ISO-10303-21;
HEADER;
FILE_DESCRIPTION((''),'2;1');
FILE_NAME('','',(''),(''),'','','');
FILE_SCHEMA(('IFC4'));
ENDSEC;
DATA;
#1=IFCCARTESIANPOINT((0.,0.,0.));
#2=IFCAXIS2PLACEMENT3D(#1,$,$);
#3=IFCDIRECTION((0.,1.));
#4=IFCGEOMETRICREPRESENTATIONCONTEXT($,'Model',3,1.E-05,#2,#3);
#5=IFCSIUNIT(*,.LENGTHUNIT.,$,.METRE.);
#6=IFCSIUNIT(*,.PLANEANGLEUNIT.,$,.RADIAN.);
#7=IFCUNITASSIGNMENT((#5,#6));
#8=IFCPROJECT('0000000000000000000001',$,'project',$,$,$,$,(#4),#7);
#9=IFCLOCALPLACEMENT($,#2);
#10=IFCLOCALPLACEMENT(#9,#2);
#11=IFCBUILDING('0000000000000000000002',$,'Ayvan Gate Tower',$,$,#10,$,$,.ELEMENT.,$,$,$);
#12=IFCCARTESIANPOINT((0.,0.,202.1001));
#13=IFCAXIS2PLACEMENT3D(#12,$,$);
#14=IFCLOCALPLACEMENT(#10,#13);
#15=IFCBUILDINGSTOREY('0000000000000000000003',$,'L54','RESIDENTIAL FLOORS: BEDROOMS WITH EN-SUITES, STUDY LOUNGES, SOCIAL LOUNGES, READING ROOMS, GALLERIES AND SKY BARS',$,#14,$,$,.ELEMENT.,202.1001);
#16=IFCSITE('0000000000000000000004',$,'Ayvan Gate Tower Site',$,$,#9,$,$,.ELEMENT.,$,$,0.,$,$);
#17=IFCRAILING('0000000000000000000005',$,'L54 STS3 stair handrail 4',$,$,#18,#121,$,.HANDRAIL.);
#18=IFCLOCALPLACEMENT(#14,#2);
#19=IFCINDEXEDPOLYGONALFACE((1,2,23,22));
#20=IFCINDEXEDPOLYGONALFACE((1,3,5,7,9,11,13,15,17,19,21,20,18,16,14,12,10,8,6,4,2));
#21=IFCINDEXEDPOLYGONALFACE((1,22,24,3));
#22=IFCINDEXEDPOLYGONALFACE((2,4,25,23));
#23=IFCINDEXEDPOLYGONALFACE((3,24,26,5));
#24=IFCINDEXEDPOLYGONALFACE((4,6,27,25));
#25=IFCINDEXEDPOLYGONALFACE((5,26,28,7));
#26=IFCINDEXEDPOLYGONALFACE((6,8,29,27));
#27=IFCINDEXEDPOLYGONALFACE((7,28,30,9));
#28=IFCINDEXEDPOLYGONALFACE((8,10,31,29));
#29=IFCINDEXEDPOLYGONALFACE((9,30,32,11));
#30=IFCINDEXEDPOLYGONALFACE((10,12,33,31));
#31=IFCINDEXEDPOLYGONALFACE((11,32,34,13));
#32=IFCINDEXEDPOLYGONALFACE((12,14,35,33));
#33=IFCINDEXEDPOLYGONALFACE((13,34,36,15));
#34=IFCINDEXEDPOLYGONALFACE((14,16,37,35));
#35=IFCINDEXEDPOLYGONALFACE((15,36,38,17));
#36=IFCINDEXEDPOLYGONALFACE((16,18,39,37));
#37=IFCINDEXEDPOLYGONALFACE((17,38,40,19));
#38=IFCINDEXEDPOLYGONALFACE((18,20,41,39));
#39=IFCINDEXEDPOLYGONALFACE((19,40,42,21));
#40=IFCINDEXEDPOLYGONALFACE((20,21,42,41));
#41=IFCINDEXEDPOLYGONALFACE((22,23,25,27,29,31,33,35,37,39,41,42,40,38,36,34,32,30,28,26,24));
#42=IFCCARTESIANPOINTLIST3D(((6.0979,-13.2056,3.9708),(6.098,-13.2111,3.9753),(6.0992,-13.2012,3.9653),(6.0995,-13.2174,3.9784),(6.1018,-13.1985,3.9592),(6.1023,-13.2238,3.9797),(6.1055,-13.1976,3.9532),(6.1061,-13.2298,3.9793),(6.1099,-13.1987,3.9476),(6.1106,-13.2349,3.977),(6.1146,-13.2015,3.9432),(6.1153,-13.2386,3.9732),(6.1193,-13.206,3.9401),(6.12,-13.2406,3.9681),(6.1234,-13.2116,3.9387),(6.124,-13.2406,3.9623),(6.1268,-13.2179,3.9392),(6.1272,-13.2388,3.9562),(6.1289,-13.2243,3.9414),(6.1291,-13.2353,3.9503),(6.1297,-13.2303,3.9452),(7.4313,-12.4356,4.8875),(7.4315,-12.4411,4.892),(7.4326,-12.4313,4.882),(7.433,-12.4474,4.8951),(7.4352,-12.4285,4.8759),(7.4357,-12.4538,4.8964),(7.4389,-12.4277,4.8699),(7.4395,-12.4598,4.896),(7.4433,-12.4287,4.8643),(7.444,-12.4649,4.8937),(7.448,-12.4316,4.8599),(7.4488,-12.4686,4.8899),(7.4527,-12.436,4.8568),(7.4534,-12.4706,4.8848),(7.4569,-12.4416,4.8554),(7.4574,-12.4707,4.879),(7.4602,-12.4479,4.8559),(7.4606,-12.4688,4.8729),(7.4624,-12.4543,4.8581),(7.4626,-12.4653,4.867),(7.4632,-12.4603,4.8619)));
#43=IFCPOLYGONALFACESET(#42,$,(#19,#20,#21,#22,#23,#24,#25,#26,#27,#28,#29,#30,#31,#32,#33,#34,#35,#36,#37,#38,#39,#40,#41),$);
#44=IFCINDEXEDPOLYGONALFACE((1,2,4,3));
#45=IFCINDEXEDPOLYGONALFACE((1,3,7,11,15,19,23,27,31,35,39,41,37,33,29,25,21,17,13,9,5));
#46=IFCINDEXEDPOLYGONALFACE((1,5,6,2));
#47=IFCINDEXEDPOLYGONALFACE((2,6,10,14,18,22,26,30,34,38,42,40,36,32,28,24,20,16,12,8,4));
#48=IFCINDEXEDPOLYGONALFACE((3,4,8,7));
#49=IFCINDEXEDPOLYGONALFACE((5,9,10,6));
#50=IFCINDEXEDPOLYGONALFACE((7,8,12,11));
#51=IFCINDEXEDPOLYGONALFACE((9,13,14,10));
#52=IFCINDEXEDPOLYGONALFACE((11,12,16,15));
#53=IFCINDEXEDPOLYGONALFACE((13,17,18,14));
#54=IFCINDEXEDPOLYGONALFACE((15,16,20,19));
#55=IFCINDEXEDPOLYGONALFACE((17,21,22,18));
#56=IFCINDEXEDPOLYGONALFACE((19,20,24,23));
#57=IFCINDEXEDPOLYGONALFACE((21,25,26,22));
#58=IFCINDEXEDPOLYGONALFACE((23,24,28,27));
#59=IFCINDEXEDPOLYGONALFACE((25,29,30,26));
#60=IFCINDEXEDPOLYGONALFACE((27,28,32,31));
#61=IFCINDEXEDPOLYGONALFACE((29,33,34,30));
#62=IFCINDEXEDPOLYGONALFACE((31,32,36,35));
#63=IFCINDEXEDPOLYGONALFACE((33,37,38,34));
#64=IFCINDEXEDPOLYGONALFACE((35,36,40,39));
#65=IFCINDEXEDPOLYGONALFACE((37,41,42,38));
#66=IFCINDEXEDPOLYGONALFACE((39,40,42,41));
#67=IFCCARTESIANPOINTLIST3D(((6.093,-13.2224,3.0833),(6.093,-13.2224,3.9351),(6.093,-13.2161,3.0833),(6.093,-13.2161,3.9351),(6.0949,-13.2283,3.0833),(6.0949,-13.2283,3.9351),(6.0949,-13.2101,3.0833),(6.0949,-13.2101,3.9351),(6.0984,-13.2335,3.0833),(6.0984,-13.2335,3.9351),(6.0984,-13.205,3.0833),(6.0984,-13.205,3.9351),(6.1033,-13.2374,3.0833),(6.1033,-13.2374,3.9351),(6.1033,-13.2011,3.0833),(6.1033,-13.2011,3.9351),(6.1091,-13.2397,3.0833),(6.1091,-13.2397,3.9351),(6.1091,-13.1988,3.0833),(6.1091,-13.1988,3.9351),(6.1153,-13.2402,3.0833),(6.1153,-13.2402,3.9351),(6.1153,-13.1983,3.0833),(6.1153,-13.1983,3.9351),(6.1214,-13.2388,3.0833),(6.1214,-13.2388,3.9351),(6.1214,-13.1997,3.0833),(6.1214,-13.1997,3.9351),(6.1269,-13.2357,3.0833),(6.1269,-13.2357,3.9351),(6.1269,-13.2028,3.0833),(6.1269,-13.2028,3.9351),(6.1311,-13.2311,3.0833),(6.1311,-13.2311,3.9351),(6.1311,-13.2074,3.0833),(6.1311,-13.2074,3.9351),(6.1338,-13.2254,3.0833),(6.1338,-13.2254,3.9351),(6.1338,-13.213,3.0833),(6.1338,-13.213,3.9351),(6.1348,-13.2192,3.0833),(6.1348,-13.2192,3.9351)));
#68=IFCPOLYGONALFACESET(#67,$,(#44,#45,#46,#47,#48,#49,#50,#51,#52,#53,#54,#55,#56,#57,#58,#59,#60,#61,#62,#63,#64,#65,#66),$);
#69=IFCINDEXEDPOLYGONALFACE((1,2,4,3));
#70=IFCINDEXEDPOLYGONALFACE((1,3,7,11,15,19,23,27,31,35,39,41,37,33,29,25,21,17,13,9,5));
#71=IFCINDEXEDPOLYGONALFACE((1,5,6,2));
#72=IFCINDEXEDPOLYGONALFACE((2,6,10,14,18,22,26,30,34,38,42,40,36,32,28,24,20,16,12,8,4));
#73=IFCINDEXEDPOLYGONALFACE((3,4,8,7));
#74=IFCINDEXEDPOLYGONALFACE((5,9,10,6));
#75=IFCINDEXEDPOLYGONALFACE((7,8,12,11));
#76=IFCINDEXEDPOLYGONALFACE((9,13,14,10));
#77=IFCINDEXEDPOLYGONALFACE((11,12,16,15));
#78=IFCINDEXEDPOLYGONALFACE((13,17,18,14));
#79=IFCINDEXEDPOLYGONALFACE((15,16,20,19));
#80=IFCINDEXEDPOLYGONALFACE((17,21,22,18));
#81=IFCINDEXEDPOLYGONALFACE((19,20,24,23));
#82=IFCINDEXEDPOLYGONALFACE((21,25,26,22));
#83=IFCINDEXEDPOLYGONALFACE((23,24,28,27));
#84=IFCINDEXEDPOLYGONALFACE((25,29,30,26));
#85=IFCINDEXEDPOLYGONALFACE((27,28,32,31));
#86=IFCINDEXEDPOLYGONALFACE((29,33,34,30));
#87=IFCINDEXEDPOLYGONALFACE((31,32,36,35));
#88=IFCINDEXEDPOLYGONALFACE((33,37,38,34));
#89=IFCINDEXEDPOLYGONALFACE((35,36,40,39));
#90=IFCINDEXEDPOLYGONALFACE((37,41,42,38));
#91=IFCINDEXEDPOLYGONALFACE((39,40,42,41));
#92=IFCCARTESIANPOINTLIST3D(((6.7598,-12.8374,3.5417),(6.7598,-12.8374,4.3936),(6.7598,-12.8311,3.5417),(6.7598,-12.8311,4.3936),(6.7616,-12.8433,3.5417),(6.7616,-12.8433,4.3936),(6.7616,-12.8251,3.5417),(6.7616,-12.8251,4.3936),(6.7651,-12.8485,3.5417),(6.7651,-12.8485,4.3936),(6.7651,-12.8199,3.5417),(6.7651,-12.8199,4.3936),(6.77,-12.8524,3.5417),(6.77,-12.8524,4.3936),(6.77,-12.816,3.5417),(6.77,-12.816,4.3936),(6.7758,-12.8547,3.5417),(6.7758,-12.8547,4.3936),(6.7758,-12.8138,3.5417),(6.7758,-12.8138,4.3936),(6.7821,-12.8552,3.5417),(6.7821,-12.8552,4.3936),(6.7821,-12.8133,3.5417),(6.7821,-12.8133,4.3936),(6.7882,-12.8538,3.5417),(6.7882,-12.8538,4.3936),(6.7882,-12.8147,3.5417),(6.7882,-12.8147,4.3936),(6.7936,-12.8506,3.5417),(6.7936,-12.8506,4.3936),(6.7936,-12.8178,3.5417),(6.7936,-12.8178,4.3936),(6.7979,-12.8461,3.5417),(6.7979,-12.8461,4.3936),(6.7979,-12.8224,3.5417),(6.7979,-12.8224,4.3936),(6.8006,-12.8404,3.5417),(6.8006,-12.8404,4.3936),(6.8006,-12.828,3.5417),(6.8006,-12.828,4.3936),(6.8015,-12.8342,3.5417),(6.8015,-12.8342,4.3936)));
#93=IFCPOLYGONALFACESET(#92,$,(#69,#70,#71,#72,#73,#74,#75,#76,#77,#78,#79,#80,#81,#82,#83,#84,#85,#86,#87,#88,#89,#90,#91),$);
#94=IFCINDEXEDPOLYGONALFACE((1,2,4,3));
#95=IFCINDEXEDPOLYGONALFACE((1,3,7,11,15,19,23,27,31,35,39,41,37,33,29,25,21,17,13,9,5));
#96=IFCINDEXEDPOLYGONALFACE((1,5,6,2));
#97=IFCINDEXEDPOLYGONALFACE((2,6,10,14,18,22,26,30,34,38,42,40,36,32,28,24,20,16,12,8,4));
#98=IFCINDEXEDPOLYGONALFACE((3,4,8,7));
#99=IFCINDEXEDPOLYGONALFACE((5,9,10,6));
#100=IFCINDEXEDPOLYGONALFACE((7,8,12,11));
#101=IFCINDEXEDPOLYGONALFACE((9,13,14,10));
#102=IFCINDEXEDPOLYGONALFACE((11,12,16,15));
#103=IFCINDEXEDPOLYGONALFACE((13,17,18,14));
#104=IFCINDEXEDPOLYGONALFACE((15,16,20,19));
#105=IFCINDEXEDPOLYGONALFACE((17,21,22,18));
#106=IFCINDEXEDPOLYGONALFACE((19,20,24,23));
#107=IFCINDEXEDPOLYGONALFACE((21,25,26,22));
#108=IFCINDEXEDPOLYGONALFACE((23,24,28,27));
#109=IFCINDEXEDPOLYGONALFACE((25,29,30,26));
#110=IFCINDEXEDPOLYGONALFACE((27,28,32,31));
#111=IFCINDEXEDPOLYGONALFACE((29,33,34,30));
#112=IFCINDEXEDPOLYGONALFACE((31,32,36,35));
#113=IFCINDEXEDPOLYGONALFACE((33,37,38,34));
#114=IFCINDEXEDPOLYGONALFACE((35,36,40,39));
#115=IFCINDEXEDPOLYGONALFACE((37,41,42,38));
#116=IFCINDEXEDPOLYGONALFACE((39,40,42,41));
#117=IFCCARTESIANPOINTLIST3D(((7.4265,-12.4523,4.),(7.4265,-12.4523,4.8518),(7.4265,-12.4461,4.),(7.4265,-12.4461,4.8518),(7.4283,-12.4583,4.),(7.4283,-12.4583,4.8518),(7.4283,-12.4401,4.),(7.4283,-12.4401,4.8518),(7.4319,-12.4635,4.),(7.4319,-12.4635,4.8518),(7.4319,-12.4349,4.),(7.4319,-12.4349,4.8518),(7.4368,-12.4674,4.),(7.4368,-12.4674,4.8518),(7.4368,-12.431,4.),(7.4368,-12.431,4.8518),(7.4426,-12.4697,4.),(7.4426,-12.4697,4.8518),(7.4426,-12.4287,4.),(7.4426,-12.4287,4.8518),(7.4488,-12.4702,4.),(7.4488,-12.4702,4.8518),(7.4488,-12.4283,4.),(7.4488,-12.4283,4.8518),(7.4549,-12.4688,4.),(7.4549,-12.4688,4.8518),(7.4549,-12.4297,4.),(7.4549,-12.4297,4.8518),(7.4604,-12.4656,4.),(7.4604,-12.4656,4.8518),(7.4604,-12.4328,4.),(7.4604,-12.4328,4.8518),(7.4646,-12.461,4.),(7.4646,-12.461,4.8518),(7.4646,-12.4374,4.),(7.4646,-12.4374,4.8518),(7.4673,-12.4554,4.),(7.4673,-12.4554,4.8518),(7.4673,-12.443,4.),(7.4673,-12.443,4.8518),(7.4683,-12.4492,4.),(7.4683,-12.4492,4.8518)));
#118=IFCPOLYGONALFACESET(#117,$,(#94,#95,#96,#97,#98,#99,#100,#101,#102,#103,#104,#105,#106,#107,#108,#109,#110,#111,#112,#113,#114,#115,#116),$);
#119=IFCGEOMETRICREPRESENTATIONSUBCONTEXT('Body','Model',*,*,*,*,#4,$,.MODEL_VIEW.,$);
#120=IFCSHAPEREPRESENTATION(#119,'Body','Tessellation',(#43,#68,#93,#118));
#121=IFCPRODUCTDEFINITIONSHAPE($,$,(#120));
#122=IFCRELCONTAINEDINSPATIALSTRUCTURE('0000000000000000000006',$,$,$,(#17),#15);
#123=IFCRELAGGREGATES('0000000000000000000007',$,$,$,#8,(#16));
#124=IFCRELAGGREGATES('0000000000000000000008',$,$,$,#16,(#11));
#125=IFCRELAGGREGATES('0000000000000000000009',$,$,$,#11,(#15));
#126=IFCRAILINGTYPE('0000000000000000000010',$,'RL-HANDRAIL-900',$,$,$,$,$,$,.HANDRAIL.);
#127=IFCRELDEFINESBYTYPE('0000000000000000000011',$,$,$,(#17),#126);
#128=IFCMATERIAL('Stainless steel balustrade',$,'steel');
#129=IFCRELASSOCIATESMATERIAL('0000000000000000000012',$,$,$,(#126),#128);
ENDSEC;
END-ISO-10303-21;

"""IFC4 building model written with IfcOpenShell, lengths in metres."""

from ifc_helpers import new_model, si_unit, direction, frame, origin, origin_2d, place, context, subcontext, project, spatial, circle, extrude, material, type_object, element, save


model = new_model("IFC4")

# Units and contexts
model_context = context("Model", 3, precision=1e-05, world=origin(), true_north=direction((0.0, 1.0)))
body_context = subcontext(model_context, "Body", "Model", "MODEL_VIEW")
ifc_project = project(units=[si_unit("LENGTHUNIT", "METRE"), si_unit("PLANEANGLEUNIT", "RADIAN")], contexts=[model_context])

# Site, building, storey
site_placement = place(None, origin())
site = spatial("IfcSite", under=ifc_project, at=site_placement, Name="Ayvan Gate Tower Site", CompositionType="ELEMENT", RefElevation=0.0)
building_placement = place(site_placement, origin())
building = spatial("IfcBuilding", under=site, at=building_placement, Name="Ayvan Gate Tower", CompositionType="ELEMENT")
storey_placement = place(building_placement, frame((0.0, 0.0, 202.1001)))
storey = spatial("IfcBuildingStorey", under=building, at=storey_placement, Name="L54", Description="RESIDENTIAL FLOORS: BEDROOMS WITH EN-SUITES, STUDY LOUNGES, SOCIAL LOUNGES, READING ROOMS, GALLERIES AND SKY BARS", CompositionType="ELEMENT", Elevation=202.1001)

# Railing
ifc_material_1 = material(Name="Stainless steel balustrade", Category="steel")
railing_type_1 = type_object("IfcRailingType", Name="RL-HANDRAIL-900", PredefinedType="HANDRAIL", material=ifc_material_1)
railing_1_placement = place(storey_placement, frame((6.1138, -13.2192, 3.0833)))
element("IfcRailing", 1, at=railing_1_placement, inside=storey, type_object=railing_type_1, Name="L54 STS3 stair handrail 4", PredefinedType="HANDRAIL", context=body_context, shape_type="SweptSolid", body=[
    extrude(circle(Radius=0.0239, at=origin_2d()), frame((0.0, 0.0, 0.876), z_axis=(0.744103, 0.429678, 0.511554), x_axis=(-0.500061, 0.86599, 0.0)), (0.0, 0.0, 1.0), 1.792),
    extrude(circle(Radius=0.021, at=origin_2d()), origin(), (0.0, 0.0, 1.0), 0.8518),
    extrude(circle(Radius=0.021, at=origin_2d()), frame((0.6667, 0.385, 0.4585)), (0.0, 0.0, 1.0), 0.8518),
    extrude(circle(Radius=0.021, at=origin_2d()), frame((1.3335, 0.77, 0.9167)), (0.0, 0.0, 1.0), 0.8518),
])

save(model, "model.ifc")
